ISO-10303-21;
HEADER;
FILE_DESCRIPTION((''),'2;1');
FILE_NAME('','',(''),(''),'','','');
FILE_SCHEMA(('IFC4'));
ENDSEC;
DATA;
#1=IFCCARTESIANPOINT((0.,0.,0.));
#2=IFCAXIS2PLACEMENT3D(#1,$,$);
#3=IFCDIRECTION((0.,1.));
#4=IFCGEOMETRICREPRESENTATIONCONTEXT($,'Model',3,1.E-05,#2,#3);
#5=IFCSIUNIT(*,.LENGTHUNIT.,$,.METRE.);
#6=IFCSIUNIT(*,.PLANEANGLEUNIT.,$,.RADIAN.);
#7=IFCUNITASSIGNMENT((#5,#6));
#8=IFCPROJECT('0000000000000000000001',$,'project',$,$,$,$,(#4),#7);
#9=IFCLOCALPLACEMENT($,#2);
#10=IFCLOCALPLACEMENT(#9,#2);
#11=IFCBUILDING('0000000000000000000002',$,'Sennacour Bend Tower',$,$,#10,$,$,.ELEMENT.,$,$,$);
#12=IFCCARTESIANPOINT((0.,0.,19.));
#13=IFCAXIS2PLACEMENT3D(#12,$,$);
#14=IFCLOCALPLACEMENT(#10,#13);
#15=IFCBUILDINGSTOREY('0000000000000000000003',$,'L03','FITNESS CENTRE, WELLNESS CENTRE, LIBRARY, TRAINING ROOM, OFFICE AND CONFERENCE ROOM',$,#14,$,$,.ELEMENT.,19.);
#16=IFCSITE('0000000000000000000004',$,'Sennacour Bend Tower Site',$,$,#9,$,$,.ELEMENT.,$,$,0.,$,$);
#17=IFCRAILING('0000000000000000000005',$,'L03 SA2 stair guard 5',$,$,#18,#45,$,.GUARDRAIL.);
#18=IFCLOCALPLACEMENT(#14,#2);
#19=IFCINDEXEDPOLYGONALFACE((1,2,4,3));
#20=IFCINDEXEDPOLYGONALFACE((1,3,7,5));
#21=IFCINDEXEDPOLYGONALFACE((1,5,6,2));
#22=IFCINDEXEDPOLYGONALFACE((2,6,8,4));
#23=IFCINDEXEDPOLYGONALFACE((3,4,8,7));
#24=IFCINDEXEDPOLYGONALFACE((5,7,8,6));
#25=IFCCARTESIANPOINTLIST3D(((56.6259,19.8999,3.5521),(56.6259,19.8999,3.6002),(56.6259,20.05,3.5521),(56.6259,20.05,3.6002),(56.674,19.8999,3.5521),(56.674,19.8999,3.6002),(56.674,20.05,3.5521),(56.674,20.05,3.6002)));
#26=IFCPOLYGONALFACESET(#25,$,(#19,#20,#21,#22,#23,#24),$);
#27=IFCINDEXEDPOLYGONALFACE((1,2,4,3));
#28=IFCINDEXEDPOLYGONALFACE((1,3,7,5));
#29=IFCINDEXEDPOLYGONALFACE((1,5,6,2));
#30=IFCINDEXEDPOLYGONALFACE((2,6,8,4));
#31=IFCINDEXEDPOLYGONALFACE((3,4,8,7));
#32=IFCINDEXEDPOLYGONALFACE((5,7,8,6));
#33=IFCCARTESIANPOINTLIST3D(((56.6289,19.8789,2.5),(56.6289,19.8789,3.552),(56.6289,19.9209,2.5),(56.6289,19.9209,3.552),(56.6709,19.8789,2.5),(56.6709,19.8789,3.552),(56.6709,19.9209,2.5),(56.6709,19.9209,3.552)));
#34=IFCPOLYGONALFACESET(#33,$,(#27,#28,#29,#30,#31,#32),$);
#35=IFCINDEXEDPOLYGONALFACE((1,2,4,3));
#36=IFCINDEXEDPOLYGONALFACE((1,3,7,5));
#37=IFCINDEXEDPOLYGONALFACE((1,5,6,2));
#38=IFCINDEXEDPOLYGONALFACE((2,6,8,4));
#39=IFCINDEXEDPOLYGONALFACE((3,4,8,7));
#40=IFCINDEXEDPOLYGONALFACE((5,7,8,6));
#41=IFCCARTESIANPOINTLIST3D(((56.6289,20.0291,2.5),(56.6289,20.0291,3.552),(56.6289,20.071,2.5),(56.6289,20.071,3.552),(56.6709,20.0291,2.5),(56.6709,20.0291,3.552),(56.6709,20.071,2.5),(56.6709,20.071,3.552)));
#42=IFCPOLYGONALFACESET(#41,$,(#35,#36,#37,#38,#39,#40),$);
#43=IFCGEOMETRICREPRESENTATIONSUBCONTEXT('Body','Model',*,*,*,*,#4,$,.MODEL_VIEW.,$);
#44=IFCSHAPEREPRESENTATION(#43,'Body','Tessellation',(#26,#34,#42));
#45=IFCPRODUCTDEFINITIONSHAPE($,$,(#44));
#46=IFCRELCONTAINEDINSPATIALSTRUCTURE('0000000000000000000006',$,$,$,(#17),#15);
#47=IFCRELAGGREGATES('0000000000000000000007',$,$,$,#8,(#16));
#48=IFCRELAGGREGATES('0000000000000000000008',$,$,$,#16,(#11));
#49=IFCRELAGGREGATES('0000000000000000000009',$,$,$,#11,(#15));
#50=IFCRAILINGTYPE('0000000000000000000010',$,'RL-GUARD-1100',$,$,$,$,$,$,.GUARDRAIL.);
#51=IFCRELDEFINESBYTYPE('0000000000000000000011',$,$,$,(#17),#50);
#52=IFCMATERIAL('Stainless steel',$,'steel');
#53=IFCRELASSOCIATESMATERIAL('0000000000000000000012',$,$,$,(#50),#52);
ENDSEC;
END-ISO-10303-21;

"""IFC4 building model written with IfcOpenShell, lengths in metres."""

from ifc_helpers import new_model, si_unit, direction, frame, origin, origin_2d, place, context, subcontext, project, spatial, rectangle, extrude, material, type_object, element, save


model = new_model("IFC4")

# Units and contexts
model_context = context("Model", 3, precision=1e-05, world=origin(), true_north=direction((0.0, 1.0)))
body_context = subcontext(model_context, "Body", "Model", "MODEL_VIEW")
ifc_project = project(units=[si_unit("LENGTHUNIT", "METRE"), si_unit("PLANEANGLEUNIT", "RADIAN")], contexts=[model_context])

# Site, building, storey
site_placement = place(None, origin())
site = spatial("IfcSite", under=ifc_project, at=site_placement, Name="Sennacour Bend Tower Site", CompositionType="ELEMENT", RefElevation=0.0)
building_placement = place(site_placement, origin())
building = spatial("IfcBuilding", under=site, at=building_placement, Name="Sennacour Bend Tower", CompositionType="ELEMENT")
storey_placement = place(building_placement, frame((0.0, 0.0, 19.0)))
storey = spatial("IfcBuildingStorey", under=building, at=storey_placement, Name="L03", Description="FITNESS CENTRE, WELLNESS CENTRE, LIBRARY, TRAINING ROOM, OFFICE AND CONFERENCE ROOM", CompositionType="ELEMENT", Elevation=19.0)

# Railing
ifc_material_1 = material(Name="Stainless steel", Category="steel")
railing_type = type_object("IfcRailingType", Name="RL-GUARD-1100", PredefinedType="GUARDRAIL", material=ifc_material_1)
railing_placement = place(storey_placement, frame((56.6499, 19.8999, 2.5)))
element("IfcRailing", 1, at=railing_placement, inside=storey, type_object=railing_type, Name="L03 SA2 stair guard 5", PredefinedType="GUARDRAIL", context=body_context, shape_type="SweptSolid", body=[
    extrude(rectangle(XDim=0.0481, YDim=0.0481, at=origin_2d()), frame((0.0, 0.0, 1.0762), z_axis=(0.0, 1.0, 0.0), x_axis=(-1.0, 0.0, 0.0)), (0.0, 0.0, 1.0), 0.1501),
    extrude(rectangle(XDim=0.042, YDim=0.042, at=origin_2d()), origin(), (0.0, 0.0, 1.0), 1.052),
    extrude(rectangle(XDim=0.042, YDim=0.042, at=origin_2d()), frame((0.0, 0.1501, 0.0)), (0.0, 0.0, 1.0), 1.052),
])

save(model, "model.ifc")
